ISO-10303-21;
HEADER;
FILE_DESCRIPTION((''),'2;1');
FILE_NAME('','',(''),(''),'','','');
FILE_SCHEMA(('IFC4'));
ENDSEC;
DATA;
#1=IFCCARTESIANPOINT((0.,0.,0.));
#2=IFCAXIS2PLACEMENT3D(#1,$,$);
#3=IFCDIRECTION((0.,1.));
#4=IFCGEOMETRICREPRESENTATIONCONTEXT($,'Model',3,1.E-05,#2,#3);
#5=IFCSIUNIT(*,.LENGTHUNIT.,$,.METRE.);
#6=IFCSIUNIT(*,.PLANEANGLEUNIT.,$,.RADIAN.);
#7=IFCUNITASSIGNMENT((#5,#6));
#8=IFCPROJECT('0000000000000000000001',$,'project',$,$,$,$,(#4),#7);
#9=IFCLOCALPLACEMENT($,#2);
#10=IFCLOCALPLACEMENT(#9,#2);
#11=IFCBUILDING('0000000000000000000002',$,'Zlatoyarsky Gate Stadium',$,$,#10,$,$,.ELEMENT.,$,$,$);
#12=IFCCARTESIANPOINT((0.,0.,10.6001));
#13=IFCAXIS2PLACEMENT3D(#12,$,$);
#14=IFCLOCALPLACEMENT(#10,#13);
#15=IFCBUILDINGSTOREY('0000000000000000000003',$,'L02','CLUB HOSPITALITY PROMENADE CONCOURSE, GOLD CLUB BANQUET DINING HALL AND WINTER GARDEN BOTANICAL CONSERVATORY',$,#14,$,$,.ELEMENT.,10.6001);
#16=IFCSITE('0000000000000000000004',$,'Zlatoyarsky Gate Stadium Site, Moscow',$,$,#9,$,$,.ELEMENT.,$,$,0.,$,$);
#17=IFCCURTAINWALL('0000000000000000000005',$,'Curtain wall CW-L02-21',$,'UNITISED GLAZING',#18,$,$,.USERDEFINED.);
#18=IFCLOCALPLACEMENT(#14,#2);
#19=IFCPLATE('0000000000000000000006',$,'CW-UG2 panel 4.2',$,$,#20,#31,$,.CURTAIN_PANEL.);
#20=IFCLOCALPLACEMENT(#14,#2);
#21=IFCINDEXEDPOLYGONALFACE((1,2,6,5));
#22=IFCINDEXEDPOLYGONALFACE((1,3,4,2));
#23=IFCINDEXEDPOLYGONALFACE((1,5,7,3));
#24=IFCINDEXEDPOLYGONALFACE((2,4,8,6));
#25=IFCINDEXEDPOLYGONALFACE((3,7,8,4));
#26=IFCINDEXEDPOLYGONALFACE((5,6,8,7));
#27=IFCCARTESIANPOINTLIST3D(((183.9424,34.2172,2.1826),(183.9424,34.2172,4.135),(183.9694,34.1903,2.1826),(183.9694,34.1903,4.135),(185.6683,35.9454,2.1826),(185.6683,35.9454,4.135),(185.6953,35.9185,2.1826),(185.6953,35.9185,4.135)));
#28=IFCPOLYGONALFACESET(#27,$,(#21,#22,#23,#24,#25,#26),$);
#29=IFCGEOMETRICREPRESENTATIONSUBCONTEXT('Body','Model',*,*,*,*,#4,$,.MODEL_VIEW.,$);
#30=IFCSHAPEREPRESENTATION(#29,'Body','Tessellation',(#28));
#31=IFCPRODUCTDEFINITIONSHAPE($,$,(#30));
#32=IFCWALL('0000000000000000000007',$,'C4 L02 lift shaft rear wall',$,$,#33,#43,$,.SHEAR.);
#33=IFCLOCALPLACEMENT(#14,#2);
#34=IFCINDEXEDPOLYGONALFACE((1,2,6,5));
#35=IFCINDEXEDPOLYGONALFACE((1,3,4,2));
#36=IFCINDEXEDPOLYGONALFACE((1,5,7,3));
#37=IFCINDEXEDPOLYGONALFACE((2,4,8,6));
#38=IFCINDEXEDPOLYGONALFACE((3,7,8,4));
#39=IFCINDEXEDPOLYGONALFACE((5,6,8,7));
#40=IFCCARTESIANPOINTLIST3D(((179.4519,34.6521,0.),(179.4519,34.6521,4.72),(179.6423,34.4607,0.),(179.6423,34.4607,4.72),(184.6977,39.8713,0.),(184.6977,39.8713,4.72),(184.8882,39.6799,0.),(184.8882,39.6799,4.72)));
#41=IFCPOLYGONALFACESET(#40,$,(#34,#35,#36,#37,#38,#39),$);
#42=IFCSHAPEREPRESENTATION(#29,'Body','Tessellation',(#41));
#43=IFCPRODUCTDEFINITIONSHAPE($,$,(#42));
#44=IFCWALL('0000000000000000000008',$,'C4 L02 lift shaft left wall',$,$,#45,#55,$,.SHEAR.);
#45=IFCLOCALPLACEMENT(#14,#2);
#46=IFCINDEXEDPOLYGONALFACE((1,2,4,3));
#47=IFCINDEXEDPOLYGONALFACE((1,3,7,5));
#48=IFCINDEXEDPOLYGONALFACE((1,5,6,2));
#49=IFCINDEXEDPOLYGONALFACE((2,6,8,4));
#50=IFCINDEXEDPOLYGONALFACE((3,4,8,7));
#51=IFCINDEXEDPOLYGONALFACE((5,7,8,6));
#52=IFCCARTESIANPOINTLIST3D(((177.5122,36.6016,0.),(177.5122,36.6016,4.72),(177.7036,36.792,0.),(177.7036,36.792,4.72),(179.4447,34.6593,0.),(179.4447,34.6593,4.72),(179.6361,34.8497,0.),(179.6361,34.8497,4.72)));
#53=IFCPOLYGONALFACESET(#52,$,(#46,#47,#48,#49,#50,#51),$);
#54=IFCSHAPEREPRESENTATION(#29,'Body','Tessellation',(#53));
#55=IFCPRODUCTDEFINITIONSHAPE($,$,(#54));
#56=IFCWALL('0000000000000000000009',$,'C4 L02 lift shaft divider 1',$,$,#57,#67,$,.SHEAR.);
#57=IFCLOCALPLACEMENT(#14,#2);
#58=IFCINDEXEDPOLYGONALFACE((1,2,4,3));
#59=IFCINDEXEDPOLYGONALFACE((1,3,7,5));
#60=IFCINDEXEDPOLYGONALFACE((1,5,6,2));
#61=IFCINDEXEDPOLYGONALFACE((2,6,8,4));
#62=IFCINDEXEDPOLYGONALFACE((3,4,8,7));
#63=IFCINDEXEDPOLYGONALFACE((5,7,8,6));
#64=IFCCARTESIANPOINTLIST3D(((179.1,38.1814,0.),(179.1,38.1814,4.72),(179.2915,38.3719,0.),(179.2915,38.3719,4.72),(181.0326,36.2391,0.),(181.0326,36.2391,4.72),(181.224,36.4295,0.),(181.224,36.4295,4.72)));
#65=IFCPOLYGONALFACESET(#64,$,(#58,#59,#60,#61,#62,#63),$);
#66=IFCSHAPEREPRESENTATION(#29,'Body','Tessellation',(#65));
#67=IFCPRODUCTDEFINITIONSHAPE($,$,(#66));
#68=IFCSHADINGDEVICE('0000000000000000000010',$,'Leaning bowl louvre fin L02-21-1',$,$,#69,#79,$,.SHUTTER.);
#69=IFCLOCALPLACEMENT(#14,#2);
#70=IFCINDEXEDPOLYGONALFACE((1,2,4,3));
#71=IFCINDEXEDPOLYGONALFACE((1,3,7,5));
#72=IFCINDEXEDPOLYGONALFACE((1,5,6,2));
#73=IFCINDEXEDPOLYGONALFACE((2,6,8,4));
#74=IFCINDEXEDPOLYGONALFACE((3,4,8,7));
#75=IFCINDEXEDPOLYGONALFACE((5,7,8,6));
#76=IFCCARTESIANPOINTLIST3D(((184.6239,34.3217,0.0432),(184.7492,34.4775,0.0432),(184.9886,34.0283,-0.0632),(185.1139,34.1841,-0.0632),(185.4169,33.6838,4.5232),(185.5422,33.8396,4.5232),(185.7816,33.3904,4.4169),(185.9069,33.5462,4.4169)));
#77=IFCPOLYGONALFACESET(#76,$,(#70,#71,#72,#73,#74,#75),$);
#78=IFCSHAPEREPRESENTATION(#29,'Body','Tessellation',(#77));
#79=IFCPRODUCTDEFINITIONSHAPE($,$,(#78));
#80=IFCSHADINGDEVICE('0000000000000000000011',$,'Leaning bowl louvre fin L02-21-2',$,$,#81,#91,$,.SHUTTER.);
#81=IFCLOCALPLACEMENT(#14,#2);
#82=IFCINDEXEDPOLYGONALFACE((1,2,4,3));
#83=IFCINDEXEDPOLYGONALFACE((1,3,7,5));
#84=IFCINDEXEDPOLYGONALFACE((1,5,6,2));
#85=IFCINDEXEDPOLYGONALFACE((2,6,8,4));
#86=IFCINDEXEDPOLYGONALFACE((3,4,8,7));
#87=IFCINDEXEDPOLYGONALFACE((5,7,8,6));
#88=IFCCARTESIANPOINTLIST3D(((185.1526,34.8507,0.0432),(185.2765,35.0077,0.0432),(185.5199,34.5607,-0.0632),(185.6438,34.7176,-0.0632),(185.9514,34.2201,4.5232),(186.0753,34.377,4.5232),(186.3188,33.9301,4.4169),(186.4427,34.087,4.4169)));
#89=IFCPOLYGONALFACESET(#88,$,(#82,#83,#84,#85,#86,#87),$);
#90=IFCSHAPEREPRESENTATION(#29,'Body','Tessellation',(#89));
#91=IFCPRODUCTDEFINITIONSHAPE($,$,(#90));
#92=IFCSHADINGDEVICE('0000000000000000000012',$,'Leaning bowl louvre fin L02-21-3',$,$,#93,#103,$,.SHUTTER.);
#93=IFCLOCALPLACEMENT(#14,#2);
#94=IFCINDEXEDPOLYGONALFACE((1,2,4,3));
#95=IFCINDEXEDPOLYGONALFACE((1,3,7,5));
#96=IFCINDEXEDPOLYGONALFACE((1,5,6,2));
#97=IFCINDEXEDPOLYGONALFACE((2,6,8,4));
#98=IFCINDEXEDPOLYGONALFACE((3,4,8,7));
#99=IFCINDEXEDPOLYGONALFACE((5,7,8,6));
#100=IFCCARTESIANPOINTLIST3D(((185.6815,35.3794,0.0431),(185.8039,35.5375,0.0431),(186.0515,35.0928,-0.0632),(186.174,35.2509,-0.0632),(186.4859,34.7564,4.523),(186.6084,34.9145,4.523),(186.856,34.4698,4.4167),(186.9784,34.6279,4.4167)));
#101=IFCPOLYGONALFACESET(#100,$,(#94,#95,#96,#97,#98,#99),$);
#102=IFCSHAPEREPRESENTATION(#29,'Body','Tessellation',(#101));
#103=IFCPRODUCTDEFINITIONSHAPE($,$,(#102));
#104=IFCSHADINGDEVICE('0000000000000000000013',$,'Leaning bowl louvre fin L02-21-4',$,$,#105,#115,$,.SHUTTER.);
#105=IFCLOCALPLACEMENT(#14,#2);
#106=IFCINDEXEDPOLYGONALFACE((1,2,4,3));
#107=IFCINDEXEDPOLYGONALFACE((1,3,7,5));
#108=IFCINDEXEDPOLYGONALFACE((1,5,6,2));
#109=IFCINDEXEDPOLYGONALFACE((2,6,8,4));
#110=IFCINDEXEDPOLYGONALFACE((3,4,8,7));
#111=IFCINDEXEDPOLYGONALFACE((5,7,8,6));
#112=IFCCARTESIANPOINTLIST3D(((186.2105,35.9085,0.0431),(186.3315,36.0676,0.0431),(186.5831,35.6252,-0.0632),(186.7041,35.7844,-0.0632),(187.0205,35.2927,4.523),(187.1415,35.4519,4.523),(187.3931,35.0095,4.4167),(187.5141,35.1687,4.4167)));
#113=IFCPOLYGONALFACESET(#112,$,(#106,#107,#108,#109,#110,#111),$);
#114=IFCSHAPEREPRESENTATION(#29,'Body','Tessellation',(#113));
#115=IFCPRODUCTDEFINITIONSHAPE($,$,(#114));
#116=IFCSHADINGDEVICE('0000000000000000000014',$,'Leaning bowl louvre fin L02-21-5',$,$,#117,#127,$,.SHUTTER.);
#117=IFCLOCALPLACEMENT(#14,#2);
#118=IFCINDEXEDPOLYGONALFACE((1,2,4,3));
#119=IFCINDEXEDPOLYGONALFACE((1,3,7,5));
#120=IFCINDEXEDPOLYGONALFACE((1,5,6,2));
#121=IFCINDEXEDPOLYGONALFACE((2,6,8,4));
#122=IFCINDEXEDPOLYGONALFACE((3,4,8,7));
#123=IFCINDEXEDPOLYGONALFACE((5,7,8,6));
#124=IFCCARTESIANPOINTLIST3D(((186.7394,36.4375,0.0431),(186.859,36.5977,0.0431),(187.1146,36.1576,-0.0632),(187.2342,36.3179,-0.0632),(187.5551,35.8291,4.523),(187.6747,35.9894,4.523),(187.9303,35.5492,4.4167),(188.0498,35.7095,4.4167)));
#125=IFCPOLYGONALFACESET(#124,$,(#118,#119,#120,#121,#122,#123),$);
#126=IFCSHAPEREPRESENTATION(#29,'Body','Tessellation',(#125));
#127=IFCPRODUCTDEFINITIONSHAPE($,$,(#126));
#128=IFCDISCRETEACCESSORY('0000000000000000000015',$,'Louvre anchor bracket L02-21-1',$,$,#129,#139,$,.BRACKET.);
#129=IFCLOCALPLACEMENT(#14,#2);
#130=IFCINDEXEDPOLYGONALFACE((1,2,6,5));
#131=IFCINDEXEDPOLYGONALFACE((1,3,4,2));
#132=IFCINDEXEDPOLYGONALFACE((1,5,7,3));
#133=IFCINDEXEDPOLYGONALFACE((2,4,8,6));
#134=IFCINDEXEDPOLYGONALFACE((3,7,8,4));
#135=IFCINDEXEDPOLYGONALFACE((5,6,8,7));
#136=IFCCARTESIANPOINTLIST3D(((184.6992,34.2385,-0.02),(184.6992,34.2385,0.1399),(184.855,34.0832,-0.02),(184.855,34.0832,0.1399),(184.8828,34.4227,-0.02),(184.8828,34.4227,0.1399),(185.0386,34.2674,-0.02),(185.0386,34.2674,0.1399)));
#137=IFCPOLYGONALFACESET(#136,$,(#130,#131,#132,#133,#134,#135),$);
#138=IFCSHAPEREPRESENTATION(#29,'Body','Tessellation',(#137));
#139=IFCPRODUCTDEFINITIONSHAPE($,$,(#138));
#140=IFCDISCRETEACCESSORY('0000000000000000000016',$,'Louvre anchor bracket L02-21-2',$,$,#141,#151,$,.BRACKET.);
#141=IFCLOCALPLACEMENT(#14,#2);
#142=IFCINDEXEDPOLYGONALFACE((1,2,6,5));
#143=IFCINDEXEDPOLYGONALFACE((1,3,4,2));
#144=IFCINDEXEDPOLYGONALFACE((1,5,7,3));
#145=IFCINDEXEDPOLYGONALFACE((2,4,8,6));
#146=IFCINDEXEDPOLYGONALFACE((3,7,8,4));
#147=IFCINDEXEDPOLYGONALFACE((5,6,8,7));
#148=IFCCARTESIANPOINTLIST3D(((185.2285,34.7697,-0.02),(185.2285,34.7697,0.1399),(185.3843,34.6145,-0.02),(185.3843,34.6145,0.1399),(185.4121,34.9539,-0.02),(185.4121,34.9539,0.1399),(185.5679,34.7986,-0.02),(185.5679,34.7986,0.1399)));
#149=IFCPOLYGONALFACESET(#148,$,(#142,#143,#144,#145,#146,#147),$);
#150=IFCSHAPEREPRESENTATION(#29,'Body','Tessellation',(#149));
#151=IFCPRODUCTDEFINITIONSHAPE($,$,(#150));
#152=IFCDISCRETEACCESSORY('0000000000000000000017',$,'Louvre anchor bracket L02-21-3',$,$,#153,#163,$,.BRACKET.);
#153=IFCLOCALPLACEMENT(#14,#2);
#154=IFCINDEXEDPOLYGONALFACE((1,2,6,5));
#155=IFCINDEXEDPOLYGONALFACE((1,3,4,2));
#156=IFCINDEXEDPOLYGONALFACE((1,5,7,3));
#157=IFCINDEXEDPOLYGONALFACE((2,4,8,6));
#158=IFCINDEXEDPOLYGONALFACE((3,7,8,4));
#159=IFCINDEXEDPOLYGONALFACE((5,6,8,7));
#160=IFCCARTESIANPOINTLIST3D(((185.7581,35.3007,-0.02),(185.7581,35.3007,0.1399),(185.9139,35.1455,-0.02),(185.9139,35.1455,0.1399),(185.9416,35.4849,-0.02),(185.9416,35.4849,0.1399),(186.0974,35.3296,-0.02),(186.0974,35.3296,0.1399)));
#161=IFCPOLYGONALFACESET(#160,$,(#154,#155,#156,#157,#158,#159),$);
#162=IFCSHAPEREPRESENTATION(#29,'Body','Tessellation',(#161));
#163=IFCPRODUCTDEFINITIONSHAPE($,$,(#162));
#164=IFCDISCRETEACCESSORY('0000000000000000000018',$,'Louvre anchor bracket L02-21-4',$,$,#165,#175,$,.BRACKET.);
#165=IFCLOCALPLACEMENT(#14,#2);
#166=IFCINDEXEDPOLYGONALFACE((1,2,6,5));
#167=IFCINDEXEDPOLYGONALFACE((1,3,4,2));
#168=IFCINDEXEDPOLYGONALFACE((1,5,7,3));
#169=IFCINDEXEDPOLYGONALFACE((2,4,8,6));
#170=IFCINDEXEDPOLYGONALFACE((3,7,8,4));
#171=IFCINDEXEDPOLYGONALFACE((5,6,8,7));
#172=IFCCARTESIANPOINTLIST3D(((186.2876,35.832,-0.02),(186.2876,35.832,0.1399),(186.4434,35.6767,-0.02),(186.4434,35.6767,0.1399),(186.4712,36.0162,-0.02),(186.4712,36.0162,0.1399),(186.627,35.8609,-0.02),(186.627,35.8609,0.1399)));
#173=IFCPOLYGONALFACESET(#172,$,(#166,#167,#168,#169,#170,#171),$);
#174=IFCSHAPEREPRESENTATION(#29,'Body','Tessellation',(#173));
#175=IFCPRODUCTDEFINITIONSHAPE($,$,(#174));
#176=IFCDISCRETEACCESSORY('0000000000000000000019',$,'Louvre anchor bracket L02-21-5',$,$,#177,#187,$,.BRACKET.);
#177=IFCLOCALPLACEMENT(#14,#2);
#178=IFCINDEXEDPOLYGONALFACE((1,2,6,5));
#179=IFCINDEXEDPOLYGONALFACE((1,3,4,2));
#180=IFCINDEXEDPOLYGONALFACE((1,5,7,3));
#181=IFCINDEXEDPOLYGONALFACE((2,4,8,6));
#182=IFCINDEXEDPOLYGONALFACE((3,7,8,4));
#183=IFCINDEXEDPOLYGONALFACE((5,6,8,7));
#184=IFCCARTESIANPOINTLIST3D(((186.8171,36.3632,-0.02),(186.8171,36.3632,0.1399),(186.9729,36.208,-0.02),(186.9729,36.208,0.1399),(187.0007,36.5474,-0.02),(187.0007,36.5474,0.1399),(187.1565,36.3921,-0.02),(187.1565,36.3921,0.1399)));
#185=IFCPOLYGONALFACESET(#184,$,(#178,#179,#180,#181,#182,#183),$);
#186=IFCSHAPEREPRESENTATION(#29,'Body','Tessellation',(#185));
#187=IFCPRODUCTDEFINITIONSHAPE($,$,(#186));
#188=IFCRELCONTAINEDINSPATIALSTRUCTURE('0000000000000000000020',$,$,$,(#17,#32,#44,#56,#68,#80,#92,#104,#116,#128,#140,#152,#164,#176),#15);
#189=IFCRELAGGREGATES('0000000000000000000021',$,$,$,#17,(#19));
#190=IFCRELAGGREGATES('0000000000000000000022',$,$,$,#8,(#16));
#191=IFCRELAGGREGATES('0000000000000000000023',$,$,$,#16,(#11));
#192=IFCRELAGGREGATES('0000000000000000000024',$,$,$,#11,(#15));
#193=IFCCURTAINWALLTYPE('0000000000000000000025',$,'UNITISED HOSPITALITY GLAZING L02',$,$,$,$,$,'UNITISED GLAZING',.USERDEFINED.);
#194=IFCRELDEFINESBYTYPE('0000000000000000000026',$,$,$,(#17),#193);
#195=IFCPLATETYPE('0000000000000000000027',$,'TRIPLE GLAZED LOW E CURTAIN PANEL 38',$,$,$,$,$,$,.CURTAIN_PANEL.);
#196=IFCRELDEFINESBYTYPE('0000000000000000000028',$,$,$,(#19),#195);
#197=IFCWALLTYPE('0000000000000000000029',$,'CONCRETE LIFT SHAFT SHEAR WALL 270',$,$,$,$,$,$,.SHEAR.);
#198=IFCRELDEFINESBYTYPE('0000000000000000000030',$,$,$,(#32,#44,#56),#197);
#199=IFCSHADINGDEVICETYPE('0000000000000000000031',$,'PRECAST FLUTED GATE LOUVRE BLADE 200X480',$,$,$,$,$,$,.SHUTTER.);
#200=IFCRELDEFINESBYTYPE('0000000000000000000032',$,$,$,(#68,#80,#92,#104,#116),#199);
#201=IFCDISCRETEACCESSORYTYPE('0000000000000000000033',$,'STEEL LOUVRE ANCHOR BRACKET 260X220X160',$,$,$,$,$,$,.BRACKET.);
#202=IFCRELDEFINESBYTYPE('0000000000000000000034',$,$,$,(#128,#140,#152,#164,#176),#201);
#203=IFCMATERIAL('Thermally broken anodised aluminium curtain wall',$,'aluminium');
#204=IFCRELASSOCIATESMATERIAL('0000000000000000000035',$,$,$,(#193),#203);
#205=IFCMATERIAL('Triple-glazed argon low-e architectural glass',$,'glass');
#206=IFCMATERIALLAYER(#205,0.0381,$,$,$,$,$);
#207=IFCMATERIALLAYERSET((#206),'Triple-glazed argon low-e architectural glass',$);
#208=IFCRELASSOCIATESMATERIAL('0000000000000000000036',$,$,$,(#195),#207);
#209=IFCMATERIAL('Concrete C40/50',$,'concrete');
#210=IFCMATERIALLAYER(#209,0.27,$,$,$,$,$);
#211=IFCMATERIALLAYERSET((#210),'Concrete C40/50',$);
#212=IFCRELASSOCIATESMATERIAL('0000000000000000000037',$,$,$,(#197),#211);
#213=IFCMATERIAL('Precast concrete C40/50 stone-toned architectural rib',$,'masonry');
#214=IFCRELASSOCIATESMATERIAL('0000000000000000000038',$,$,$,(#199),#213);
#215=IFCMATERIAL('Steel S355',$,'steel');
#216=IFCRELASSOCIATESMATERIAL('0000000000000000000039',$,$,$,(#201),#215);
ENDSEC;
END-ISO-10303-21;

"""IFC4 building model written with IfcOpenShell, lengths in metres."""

from ifc_helpers import new_model, si_unit, direction, frame, frame_2d, origin, origin_2d, place, context, subcontext, project, spatial, rectangle, extrude, material, layer, layer_set, material_profile, profile_set, type_object, element, aggregate, save


model = new_model("IFC4")

# Units and contexts
model_context = context("Model", 3, precision=1e-05, world=origin(), true_north=direction((0.0, 1.0)))
body_context = subcontext(model_context, "Body", "Model", "MODEL_VIEW")
ifc_project = project(units=[si_unit("LENGTHUNIT", "METRE"), si_unit("PLANEANGLEUNIT", "RADIAN")], contexts=[model_context])

# Site, building, storey
site_placement = place(None, origin())
site = spatial("IfcSite", under=ifc_project, at=site_placement, Name="Zlatoyarsky Gate Stadium Site, Moscow", CompositionType="ELEMENT", RefElevation=0.0)
building_placement = place(site_placement, origin())
building = spatial("IfcBuilding", under=site, at=building_placement, Name="Zlatoyarsky Gate Stadium", CompositionType="ELEMENT")
storey_placement = place(building_placement, frame((0.0, 0.0, 10.6001)))
storey = spatial("IfcBuildingStorey", under=building, at=storey_placement, Name="L02", Description="CLUB HOSPITALITY PROMENADE CONCOURSE, GOLD CLUB BANQUET DINING HALL AND WINTER GARDEN BOTANICAL CONSERVATORY", CompositionType="ELEMENT", Elevation=10.6001)

# Curtain wall
ifc_material_1 = material(Name="Thermally broken anodised aluminium curtain wall", Category="aluminium")
curtain_wall_type = type_object("IfcCurtainWallType", Name="UNITISED HOSPITALITY GLAZING L02", ElementType="UNITISED GLAZING", PredefinedType="USERDEFINED", material=ifc_material_1)
curtain_wall_placement = place(storey_placement, origin())
curtain_wall = element("IfcCurtainWall", 1, at=curtain_wall_placement, inside=storey, type_object=curtain_wall_type, Name="Curtain wall CW-L02-21", ObjectType="UNITISED GLAZING", PredefinedType="USERDEFINED")

# Shared definitions
ifc_material_2 = material(Name="Steel S355", Category="steel")

# Plate
ifc_material_3 = material(Name="Triple-glazed argon low-e architectural glass", Category="glass")
ifc_layer_1 = layer(ifc_material_3, 0.0381)
ifc_layer_set_1 = layer_set([ifc_layer_1], Name="Triple-glazed argon low-e architectural glass")
plate_type_1 = type_object("IfcPlateType", Name="TRIPLE GLAZED LOW E CURTAIN PANEL 38", PredefinedType="CURTAIN_PANEL", material=ifc_layer_set_1)
plate_1_placement = place(storey_placement, frame((184.8188, 35.0679, 2.1826), z_axis=(0.0, 0.0, 1.0), x_axis=(0.706628, 0.707585, 0.0)))
plate_1 = element("IfcPlate", 2, at=plate_1_placement, type_object=plate_type_1, Name="CW-UG2 panel 4.2", PredefinedType="CURTAIN_PANEL", context=body_context, shape_type="SweptSolid", body=[
    extrude(rectangle(XDim=2.4424, YDim=0.0381, at=origin_2d()), origin(), (0.0, 0.0, 1.0), 1.9524),
])
aggregate(curtain_wall, [plate_1])

# Walls
ifc_material_4 = material(Name="Concrete C40/50", Category="concrete")
ifc_layer_2 = layer(ifc_material_4, 0.27)
ifc_layer_set_2 = layer_set([ifc_layer_2], Name="Concrete C40/50")
wall_type = type_object("IfcWallType", Name="CONCRETE LIFT SHAFT SHEAR WALL 270", PredefinedType="SHEAR", material=ifc_layer_set_2)
wall_placement = place(storey_placement, frame((179.5471, 34.5564, 0.0), z_axis=(0.0, 0.0, 1.0), x_axis=(0.708903, 0.705306, 0.0)))
element("IfcWall", 3, at=wall_placement, inside=storey, type_object=wall_type, Name="C4 L02 lift shaft rear wall", PredefinedType="SHEAR", context=body_context, shape_type="SweptSolid", body=[
    extrude(rectangle(XDim=7.3999, YDim=0.27, at=frame_2d((3.7, 0.0))), origin(), (0.0, 0.0, 1.0), 4.72),
])
for number, where, z_axis, x_axis, name in (
    (4, (179.5405, 34.7544, 0.0), (0.0, 0.0, 1.0), (-0.705323, 0.708887, 0.0), "C4 L02 lift shaft left wall"),
    (5, (181.1284, 36.3342, 0.0), (0.0, 0.0, 1.0), (-0.705323, 0.708887, 0.0), "C4 L02 lift shaft divider 1"),
):
    element("IfcWall", number, at=place(storey_placement, frame(where, z_axis=z_axis, x_axis=x_axis)), inside=storey, type_object=wall_type, Name=name, PredefinedType="SHEAR", context=body_context, shape_type="SweptSolid", body=[
        extrude(rectangle(XDim=2.74, YDim=0.27, at=frame_2d((1.3701, 0.0))), origin(), (0.0, 0.0, 1.0), 4.72),
    ])

# Shading devices
ifc_material_5 = material(Name="Precast concrete C40/50 stone-toned architectural rib", Category="masonry")
ifc_material_profile_1 = material_profile(ifc_material_5, rectangle(XDim=0.2, YDim=0.48, at=origin_2d()), Name="RIB 200X480")
ifc_profile_set_1 = profile_set([ifc_material_profile_1], Name="Precast concrete C40/50 stone-toned architectural rib")
shading_device_type = type_object("IfcShadingDeviceType", Name="PRECAST FLUTED GATE LOUVRE BLADE 200X480", PredefinedType="SHUTTER", material=ifc_profile_set_1)
for number, where, z_axis, x_axis, name in (
    (6, (184.8689, 34.2529, -0.01), (0.172605, -0.13886, 0.975154), (0.626828, 0.779157, 0.0), "Leaning bowl louvre fin L02-21-1"),
    (7, (185.3982, 34.7842, -0.01), (0.17388, -0.137265, 0.975153), (0.619621, 0.784901, 0.0), "Leaning bowl louvre fin L02-21-2"),
):
    element("IfcShadingDevice", number, at=place(storey_placement, frame(where, z_axis=z_axis, x_axis=x_axis)), inside=storey, type_object=shading_device_type, Name=name, PredefinedType="SHUTTER", context=body_context, shape_type="SweptSolid", body=[
        extrude(rectangle(XDim=0.2, YDim=0.48, at=origin_2d()), origin(), (0.0, 0.0, 1.0), 4.5942),
    ])
for number, where, z_axis, x_axis, name in (
    (8, (185.9277, 35.3152, -0.01), (0.175104, -0.13562, 0.975164), (0.612328, 0.790604, 0.0), "Leaning bowl louvre fin L02-21-3"),
    (9, (186.4573, 35.8464, -0.01), (0.176327, -0.134025, 0.975165), (0.605132, 0.796125, 0.0), "Leaning bowl louvre fin L02-21-4"),
    (10, (186.9868, 36.3777, -0.01), (0.177548, -0.132431, 0.975161), (0.597887, 0.801581, 0.0), "Leaning bowl louvre fin L02-21-5"),
):
    element("IfcShadingDevice", number, at=place(storey_placement, frame(where, z_axis=z_axis, x_axis=x_axis)), inside=storey, type_object=shading_device_type, Name=name, PredefinedType="SHUTTER", context=body_context, shape_type="SweptSolid", body=[
        extrude(rectangle(XDim=0.2, YDim=0.48, at=origin_2d()), origin(), (0.0, 0.0, 1.0), 4.594),
    ])

# Discrete accessories
discrete_accessory_type = type_object("IfcDiscreteAccessoryType", Name="STEEL LOUVRE ANCHOR BRACKET 260X220X160", PredefinedType="BRACKET", material=ifc_material_2)
for number, where, z_axis, x_axis, name in (
    (11, (184.8689, 34.2529, -0.02), (0.0, 0.0, 1.0), (0.705939, 0.708272, 0.0), "Louvre anchor bracket L02-21-1"),
    (12, (185.3982, 34.7842, -0.02), (0.0, 0.0, 1.0), (0.705939, 0.708272, 0.0), "Louvre anchor bracket L02-21-2"),
    (13, (185.9277, 35.3152, -0.02), (0.0, 0.0, 1.0), (0.705939, 0.708272, 0.0), "Louvre anchor bracket L02-21-3"),
    (14, (186.4573, 35.8464, -0.02), (0.0, 0.0, 1.0), (0.705939, 0.708272, 0.0), "Louvre anchor bracket L02-21-4"),
    (15, (186.9868, 36.3777, -0.02), (0.0, 0.0, 1.0), (0.705939, 0.708272, 0.0), "Louvre anchor bracket L02-21-5"),
):
    element("IfcDiscreteAccessory", number, at=place(storey_placement, frame(where, z_axis=z_axis, x_axis=x_axis)), inside=storey, type_object=discrete_accessory_type, Name=name, PredefinedType="BRACKET", context=body_context, shape_type="SweptSolid", body=[
        extrude(rectangle(XDim=0.26, YDim=0.22, at=origin_2d()), origin(), (0.0, 0.0, 1.0), 0.1599),
    ])

save(model, "model.ifc")
